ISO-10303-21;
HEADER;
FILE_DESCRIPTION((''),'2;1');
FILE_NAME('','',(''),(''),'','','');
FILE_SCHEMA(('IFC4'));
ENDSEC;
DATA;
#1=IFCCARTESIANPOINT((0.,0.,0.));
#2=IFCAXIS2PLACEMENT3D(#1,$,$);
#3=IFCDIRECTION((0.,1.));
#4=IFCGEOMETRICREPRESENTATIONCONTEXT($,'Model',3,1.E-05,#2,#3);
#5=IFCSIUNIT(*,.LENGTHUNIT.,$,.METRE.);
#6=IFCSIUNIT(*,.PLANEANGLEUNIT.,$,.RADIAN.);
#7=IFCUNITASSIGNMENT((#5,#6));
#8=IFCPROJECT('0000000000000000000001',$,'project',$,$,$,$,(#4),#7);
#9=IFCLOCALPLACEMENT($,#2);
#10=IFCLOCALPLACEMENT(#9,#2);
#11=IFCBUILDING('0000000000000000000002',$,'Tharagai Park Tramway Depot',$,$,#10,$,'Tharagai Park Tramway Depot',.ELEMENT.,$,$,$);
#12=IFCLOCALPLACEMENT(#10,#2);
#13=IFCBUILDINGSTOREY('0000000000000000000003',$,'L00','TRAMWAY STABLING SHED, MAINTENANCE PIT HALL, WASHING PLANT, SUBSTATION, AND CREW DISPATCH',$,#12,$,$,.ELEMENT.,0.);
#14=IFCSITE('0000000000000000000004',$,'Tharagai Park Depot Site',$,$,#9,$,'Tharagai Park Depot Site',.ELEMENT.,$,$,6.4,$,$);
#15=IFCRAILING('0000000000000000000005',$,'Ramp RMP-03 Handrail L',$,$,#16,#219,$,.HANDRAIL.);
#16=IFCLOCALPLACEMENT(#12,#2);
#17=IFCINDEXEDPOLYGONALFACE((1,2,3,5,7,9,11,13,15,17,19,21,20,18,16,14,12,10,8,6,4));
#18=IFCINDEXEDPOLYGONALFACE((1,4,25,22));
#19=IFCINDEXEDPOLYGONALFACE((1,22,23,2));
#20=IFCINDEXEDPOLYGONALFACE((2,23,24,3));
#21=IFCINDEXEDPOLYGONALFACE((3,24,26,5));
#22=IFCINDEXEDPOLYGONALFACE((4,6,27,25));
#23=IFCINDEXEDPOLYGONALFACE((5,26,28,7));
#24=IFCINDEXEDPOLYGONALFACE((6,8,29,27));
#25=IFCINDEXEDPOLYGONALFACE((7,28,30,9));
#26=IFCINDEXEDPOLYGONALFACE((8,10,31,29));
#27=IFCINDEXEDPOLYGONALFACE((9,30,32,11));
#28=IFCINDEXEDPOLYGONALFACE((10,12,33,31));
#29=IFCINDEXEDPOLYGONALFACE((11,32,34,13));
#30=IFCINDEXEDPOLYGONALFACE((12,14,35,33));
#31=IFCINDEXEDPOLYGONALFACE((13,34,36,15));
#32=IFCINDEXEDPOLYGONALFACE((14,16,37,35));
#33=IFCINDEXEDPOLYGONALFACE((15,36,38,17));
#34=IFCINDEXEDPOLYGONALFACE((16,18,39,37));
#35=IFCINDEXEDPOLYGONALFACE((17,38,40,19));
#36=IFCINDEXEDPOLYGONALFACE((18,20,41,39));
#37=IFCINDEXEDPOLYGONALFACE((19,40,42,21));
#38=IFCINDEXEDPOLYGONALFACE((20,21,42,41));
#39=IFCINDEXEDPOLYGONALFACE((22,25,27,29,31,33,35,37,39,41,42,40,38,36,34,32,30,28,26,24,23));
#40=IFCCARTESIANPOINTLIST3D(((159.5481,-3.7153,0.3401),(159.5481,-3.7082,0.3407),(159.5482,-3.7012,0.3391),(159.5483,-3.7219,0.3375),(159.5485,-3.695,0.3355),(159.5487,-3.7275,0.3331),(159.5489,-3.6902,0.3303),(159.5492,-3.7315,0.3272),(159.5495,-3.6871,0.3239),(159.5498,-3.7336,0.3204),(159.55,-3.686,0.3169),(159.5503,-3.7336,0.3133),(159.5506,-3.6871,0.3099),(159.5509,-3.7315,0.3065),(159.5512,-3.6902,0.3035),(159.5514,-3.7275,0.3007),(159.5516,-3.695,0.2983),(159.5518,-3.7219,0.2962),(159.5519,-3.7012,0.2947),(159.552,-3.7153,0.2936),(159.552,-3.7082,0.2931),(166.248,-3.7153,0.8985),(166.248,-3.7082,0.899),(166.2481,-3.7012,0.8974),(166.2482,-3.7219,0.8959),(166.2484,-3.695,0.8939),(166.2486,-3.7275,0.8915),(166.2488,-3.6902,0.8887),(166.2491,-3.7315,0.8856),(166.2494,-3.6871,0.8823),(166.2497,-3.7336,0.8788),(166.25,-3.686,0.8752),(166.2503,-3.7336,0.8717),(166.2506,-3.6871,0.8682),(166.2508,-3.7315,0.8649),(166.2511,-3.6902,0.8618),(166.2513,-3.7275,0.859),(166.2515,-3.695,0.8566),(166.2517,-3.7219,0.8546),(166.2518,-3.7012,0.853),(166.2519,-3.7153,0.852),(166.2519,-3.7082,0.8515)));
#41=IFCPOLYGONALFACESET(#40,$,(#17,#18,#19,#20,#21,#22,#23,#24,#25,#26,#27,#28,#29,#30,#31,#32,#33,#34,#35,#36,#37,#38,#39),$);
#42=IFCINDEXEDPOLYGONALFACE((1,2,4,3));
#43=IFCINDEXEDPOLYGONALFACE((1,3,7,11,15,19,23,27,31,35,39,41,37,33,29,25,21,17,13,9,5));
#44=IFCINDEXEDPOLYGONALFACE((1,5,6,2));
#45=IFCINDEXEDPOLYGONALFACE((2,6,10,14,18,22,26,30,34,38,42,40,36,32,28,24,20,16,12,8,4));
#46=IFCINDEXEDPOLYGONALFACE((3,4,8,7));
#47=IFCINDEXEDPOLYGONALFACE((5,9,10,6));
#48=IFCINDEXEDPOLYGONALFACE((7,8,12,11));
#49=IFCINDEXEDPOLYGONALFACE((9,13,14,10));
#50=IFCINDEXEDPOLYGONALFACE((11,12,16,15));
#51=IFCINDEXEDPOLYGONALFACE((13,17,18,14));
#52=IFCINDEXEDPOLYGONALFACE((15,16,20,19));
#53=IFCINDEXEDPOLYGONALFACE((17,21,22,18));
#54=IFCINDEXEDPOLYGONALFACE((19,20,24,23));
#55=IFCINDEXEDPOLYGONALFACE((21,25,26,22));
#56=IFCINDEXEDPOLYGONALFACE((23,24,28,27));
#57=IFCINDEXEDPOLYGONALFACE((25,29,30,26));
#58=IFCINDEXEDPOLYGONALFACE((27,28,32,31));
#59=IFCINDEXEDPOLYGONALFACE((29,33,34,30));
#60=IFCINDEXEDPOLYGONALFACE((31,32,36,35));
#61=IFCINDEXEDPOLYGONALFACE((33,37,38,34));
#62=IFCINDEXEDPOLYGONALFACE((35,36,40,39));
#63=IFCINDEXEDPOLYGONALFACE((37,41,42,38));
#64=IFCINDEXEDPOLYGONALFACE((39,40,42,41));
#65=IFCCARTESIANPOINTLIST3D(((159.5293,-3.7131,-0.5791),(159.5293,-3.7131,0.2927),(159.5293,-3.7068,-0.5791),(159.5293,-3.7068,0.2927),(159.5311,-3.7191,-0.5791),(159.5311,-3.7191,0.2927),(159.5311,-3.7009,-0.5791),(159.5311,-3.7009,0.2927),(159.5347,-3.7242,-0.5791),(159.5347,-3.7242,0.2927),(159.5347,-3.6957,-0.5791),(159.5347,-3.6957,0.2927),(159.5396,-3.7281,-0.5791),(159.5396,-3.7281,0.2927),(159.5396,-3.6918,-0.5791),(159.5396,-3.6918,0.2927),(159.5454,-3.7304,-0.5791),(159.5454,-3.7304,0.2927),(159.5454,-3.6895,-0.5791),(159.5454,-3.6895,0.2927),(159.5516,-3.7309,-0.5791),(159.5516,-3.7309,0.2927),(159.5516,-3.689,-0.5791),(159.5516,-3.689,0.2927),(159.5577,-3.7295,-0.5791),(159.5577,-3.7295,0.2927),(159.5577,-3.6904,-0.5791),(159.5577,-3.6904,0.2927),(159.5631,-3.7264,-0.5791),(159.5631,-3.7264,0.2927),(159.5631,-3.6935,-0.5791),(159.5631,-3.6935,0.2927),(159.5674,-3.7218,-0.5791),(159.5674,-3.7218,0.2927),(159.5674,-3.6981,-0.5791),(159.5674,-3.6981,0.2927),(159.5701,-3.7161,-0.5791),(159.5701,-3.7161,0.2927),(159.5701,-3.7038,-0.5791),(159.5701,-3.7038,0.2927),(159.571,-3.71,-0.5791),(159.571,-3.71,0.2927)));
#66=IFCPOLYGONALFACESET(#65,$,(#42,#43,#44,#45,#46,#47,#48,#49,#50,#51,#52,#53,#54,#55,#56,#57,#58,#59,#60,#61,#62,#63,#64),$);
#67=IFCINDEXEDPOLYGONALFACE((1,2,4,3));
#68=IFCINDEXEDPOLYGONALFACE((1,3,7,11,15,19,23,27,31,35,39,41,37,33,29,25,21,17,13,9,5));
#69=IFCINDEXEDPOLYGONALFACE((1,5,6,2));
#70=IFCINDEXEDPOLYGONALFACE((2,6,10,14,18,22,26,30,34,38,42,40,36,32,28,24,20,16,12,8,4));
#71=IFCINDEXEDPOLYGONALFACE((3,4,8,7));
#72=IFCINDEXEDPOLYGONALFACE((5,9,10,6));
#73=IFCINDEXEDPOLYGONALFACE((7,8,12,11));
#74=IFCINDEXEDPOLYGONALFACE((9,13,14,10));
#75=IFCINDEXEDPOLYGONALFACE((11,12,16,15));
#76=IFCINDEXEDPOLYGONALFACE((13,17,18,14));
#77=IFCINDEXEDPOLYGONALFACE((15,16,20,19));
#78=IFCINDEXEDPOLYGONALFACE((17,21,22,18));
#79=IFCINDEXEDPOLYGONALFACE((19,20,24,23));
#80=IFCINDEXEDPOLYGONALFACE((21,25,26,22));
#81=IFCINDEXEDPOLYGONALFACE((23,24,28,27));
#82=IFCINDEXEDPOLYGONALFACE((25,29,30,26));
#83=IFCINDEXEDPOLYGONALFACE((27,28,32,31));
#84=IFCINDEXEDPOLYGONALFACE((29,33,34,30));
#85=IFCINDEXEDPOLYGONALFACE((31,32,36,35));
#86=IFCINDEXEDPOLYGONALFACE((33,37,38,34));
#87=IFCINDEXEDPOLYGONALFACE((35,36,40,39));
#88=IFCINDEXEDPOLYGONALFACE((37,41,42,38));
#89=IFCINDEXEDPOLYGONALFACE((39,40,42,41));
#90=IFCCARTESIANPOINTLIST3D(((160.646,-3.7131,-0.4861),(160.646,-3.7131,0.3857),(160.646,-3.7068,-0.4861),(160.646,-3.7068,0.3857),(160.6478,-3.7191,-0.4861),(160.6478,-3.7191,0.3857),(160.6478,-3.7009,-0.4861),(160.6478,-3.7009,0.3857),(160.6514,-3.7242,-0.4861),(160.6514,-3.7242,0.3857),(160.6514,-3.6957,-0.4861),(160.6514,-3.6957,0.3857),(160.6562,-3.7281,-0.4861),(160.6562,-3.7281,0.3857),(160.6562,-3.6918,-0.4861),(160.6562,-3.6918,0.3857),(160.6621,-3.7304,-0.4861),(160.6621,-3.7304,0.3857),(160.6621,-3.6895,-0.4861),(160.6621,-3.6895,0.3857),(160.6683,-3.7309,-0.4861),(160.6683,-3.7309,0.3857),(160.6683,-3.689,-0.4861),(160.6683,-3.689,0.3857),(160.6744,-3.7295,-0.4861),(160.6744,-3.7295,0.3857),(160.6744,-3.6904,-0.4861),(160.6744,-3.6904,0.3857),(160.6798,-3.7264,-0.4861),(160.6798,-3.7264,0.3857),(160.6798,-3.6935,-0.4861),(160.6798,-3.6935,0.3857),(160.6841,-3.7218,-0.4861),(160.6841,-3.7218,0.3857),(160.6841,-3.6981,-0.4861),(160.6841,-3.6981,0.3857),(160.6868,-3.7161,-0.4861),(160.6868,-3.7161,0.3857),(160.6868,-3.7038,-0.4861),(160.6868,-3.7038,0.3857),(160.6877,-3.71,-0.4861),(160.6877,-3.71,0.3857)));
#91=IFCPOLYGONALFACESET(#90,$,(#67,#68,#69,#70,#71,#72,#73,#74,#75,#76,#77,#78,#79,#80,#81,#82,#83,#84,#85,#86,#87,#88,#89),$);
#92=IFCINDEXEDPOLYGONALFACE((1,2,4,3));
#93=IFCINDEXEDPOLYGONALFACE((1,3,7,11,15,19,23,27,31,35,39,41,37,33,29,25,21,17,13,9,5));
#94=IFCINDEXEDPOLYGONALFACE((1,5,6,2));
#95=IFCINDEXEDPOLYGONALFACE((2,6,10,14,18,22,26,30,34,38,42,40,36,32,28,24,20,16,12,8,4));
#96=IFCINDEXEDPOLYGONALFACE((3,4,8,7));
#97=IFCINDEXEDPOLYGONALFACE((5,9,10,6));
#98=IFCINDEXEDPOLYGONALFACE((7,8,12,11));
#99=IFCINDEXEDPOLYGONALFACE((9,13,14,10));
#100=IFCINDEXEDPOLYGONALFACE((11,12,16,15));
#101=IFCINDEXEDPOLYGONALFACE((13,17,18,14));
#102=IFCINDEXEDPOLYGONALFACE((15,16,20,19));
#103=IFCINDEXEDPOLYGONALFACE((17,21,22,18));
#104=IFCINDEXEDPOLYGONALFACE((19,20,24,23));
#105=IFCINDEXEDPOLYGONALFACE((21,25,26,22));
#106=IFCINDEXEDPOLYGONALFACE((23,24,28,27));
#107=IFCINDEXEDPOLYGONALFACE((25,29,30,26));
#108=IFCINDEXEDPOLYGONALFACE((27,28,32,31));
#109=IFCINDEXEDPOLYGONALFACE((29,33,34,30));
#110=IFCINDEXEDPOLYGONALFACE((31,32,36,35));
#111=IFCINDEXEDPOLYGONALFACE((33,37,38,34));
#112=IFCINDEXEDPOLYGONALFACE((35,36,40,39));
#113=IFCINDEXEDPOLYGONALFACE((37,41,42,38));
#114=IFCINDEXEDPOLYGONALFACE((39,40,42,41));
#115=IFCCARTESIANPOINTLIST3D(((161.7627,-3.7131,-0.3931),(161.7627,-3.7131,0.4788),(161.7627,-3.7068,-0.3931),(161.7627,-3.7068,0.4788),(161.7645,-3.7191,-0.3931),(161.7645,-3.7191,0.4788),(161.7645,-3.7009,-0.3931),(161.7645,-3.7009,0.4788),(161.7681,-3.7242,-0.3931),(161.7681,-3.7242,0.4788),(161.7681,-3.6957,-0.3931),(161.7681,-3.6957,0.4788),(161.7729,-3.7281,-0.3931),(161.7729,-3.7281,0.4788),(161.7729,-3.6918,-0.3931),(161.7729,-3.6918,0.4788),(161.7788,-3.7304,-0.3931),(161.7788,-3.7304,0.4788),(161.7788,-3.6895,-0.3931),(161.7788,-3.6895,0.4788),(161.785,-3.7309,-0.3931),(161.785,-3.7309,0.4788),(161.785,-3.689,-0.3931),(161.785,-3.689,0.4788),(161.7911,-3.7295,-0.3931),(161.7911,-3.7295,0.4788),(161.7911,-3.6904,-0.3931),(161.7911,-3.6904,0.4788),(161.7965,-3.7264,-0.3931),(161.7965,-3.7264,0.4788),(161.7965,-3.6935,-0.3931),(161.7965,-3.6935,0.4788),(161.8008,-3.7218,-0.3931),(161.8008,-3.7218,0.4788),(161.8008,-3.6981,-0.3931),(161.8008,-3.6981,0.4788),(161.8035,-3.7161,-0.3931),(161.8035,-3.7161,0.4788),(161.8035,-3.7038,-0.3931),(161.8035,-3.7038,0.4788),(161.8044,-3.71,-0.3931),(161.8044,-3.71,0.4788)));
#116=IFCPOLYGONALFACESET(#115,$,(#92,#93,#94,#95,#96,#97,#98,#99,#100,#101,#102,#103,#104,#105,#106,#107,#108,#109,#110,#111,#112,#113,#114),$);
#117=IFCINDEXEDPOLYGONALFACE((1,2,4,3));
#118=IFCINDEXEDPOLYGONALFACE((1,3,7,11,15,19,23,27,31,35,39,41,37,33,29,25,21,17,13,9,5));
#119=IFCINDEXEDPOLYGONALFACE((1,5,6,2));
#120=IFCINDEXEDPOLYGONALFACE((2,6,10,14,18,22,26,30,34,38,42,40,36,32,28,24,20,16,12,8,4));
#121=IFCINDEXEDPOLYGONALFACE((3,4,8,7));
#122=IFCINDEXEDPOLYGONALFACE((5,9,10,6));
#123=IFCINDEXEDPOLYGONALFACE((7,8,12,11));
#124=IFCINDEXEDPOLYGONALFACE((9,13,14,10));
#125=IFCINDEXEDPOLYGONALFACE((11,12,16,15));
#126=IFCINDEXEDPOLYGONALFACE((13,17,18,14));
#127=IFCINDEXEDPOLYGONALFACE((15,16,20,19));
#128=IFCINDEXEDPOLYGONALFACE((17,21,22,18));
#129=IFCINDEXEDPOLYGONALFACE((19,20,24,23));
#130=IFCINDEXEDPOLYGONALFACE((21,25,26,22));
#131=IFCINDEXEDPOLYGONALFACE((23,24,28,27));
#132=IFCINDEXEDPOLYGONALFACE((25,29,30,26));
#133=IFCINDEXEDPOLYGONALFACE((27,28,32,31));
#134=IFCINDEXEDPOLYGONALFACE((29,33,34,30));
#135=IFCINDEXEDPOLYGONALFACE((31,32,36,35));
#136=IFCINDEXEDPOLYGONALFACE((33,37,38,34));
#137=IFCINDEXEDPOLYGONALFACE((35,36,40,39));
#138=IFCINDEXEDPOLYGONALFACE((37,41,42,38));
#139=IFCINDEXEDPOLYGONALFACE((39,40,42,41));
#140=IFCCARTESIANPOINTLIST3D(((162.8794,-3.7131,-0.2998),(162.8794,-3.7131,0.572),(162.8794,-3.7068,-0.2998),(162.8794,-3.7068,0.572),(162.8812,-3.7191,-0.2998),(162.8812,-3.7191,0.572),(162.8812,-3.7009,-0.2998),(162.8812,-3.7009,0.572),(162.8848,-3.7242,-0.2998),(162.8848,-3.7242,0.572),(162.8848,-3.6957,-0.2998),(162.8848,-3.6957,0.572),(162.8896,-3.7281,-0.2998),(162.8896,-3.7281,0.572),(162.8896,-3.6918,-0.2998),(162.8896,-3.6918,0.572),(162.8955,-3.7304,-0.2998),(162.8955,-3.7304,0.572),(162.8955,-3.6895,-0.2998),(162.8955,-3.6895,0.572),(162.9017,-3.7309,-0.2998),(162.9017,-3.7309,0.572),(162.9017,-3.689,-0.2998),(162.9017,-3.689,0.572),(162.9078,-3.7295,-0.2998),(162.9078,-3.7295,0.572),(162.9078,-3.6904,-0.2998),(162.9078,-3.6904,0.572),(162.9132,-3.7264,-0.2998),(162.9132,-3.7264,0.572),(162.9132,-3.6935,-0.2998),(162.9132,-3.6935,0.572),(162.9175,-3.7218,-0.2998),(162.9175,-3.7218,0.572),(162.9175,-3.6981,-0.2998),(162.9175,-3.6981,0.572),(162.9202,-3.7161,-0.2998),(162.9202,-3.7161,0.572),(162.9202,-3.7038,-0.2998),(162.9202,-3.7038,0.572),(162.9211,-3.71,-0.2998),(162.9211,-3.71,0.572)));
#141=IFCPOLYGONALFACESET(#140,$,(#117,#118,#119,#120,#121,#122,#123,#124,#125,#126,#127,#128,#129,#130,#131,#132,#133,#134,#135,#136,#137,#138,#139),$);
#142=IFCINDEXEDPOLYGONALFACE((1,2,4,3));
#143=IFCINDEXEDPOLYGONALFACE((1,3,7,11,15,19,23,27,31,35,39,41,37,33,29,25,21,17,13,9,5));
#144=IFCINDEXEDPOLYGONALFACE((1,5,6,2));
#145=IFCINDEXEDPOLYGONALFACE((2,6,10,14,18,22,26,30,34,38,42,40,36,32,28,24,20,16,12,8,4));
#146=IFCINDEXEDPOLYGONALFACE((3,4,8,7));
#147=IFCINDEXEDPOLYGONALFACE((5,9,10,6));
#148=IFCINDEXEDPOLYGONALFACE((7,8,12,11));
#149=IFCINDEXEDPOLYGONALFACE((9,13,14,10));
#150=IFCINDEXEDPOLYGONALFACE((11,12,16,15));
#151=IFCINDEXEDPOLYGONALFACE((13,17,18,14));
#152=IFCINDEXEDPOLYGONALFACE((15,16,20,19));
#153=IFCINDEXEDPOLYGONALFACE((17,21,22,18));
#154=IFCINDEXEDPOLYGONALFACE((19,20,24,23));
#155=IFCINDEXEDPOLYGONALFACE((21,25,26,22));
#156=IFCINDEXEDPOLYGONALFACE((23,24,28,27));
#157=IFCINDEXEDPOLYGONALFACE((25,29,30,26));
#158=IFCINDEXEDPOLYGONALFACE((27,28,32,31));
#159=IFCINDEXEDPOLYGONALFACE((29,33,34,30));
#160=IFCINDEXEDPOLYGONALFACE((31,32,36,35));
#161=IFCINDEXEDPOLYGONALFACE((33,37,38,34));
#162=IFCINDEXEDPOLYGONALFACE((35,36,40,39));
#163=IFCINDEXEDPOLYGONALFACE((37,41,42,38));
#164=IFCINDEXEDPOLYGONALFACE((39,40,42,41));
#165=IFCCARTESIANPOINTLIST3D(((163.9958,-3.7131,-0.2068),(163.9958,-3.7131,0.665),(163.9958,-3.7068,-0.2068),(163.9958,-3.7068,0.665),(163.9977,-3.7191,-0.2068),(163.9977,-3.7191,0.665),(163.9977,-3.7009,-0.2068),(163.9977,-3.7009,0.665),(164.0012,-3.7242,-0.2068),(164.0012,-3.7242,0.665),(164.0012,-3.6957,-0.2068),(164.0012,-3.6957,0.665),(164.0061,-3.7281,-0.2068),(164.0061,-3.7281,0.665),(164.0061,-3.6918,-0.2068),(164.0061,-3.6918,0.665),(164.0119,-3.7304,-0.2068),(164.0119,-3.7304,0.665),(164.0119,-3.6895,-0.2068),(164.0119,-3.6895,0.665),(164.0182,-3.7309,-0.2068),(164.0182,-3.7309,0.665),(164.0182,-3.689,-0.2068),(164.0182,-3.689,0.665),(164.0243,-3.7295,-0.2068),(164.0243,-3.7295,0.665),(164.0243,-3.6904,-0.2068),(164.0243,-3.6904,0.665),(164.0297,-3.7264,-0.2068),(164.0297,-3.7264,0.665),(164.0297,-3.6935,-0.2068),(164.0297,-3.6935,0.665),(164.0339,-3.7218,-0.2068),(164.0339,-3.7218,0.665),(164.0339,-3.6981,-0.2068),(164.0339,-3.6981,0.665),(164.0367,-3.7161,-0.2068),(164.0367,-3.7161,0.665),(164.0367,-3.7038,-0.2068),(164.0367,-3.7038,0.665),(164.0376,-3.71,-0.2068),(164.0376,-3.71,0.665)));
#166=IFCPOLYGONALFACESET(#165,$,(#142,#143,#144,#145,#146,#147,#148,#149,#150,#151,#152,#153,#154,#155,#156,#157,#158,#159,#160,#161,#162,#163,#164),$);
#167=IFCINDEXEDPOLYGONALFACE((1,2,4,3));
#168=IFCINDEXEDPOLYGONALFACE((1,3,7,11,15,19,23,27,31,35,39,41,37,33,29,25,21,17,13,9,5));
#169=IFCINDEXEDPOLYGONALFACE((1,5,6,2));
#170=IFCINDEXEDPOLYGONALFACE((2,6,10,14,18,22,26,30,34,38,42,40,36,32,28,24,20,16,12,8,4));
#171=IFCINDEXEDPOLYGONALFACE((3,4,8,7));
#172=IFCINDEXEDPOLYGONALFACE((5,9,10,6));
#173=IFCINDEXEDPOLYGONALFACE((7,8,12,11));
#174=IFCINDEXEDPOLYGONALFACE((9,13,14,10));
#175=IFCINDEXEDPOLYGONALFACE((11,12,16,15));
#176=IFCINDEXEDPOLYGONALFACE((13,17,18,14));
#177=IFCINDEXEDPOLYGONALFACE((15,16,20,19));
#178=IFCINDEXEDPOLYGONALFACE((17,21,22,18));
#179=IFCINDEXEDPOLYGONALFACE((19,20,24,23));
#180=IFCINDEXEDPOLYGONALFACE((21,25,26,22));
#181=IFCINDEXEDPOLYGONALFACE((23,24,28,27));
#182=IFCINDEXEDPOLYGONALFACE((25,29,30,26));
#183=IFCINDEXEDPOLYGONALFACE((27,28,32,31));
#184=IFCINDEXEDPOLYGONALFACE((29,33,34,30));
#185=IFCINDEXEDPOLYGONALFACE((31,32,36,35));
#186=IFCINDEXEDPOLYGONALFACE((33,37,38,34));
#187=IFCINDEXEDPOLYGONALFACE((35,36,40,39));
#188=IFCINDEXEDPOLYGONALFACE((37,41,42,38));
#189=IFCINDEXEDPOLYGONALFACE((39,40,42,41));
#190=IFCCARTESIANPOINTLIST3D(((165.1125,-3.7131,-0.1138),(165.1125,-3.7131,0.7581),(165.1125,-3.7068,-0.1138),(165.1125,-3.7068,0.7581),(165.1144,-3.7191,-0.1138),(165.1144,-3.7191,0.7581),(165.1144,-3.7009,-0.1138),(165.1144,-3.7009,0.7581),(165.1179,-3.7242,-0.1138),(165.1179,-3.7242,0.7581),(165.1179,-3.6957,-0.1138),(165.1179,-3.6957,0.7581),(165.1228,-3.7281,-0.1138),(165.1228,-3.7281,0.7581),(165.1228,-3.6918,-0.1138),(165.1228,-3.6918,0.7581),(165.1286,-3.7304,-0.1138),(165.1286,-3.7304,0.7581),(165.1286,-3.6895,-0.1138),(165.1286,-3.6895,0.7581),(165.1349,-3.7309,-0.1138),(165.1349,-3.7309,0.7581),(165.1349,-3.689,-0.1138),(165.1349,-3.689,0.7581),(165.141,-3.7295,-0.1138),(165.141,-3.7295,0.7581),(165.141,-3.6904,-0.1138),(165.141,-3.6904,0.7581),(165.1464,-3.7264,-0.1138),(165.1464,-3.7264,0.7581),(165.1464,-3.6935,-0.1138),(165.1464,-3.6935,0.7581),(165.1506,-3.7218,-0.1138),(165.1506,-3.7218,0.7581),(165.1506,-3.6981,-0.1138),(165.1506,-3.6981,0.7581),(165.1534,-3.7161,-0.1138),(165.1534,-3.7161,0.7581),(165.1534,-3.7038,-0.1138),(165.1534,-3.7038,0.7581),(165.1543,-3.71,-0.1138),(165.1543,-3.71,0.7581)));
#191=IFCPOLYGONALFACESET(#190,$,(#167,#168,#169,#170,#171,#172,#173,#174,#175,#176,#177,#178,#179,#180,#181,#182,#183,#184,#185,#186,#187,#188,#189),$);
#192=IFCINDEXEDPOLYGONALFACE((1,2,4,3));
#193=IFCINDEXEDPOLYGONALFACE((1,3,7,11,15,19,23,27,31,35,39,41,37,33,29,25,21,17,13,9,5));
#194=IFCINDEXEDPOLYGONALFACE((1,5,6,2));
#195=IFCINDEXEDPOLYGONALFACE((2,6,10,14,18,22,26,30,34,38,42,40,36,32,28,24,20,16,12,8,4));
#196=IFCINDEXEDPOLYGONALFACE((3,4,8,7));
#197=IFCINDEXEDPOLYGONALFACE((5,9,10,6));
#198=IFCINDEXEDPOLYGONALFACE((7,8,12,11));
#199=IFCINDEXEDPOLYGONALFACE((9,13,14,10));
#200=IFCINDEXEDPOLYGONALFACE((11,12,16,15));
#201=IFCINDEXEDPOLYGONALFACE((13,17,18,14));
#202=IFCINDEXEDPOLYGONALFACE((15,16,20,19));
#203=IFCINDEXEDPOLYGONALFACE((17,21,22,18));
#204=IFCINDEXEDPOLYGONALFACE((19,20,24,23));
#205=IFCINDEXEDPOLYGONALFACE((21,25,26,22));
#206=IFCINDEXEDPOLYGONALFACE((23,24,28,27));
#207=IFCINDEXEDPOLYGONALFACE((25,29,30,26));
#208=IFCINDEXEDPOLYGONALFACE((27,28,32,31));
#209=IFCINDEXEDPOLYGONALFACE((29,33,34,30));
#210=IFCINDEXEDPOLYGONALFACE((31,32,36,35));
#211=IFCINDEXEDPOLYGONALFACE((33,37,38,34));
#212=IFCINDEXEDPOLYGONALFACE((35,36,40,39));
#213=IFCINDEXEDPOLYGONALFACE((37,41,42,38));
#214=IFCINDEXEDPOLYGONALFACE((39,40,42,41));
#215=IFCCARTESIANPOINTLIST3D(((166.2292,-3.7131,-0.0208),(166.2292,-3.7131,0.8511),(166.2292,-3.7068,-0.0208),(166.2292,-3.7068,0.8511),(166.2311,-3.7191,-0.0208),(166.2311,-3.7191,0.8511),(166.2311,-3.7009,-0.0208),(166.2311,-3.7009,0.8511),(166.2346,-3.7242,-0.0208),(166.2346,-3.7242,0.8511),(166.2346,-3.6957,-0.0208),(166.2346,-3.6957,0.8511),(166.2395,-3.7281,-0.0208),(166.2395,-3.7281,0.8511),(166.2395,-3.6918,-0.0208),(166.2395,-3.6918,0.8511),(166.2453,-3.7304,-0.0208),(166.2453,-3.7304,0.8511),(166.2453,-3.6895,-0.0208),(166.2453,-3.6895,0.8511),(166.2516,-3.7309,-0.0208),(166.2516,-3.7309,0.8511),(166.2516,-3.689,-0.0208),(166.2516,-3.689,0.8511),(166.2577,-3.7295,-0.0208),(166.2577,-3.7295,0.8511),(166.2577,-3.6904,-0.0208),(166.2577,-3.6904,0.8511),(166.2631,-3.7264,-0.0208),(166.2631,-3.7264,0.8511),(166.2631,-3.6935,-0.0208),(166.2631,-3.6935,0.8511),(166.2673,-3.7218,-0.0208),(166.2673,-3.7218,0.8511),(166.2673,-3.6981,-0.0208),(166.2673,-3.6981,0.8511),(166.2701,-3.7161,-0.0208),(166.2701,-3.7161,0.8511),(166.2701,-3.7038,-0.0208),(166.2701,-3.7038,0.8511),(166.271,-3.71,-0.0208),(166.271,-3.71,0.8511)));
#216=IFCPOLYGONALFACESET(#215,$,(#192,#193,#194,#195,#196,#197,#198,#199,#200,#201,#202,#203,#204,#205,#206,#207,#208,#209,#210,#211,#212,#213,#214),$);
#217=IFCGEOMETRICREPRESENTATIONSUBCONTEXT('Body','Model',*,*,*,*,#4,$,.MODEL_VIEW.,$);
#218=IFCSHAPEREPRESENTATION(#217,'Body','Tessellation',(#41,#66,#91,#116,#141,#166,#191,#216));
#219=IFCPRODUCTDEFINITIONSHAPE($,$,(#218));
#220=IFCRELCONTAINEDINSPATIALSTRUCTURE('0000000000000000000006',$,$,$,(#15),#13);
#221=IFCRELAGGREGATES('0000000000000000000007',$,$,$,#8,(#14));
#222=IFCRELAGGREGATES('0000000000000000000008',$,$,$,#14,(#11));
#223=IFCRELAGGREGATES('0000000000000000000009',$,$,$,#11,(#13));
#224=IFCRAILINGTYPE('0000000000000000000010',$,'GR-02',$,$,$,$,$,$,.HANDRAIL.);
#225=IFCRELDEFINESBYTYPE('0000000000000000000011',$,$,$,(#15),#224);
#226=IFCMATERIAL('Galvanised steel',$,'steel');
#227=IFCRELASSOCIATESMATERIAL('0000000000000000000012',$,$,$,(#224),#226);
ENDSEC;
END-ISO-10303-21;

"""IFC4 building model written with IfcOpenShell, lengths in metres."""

from ifc_helpers import new_model, si_unit, direction, frame, origin, origin_2d, place, context, subcontext, project, spatial, circle, extrude, material, type_object, element, save


model = new_model("IFC4")

# Units and contexts
model_context = context("Model", 3, precision=1e-05, world=origin(), true_north=direction((0.0, 1.0)))
body_context = subcontext(model_context, "Body", "Model", "MODEL_VIEW")
ifc_project = project(units=[si_unit("LENGTHUNIT", "METRE"), si_unit("PLANEANGLEUNIT", "RADIAN")], contexts=[model_context])

# Site, building, storey
site_placement = place(None, origin())
site = spatial("IfcSite", under=ifc_project, at=site_placement, Name="Tharagai Park Depot Site", LongName="Tharagai Park Depot Site", CompositionType="ELEMENT", RefElevation=6.4)
building_placement = place(site_placement, origin())
building = spatial("IfcBuilding", under=site, at=building_placement, Name="Tharagai Park Tramway Depot", LongName="Tharagai Park Tramway Depot", CompositionType="ELEMENT")
storey_placement = place(building_placement, origin())
storey = spatial("IfcBuildingStorey", under=building, at=storey_placement, Name="L00", Description="TRAMWAY STABLING SHED, MAINTENANCE PIT HALL, WASHING PLANT, SUBSTATION, AND CREW DISPATCH", CompositionType="ELEMENT", Elevation=0.0)

# Railing
ifc_material_1 = material(Name="Galvanised steel", Category="steel")
railing_type = type_object("IfcRailingType", Name="GR-02", PredefinedType="HANDRAIL", material=ifc_material_1)
for number, where, name in (
    (1, (159.55, -3.71, -0.5791), "Ramp RMP-03 Handrail L"),
):
    element("IfcRailing", number, at=place(storey_placement, frame(where)), inside=storey, type_object=railing_type, Name=name, PredefinedType="HANDRAIL", context=body_context, shape_type="SweptSolid", body=[
        extrude(circle(Radius=0.0239, at=origin_2d()), frame((0.0, 0.0, 0.896), z_axis=(0.996546, 0.0, 0.083048), x_axis=(0.0, 1.0, 0.0)), (0.0, 0.0, 1.0), 6.7231),
        extrude(circle(Radius=0.021, at=origin_2d()), origin(), (0.0, 0.0, 1.0), 0.8718),
        extrude(circle(Radius=0.021, at=origin_2d()), frame((1.1167, 0.0, 0.093)), (0.0, 0.0, 1.0), 0.8718),
        extrude(circle(Radius=0.021, at=origin_2d()), frame((2.2334, 0.0, 0.186)), (0.0, 0.0, 1.0), 0.8718),
        extrude(circle(Radius=0.021, at=origin_2d()), frame((3.3501, 0.0, 0.2793)), (0.0, 0.0, 1.0), 0.8718),
        extrude(circle(Radius=0.021, at=origin_2d()), frame((4.4666, 0.0, 0.3723)), (0.0, 0.0, 1.0), 0.8718),
        extrude(circle(Radius=0.021, at=origin_2d()), frame((5.5833, 0.0, 0.4653)), (0.0, 0.0, 1.0), 0.8718),
        extrude(circle(Radius=0.021, at=origin_2d()), frame((6.7, 0.0, 0.5583)), (0.0, 0.0, 1.0), 0.8718),
    ])

save(model, "model.ifc")
